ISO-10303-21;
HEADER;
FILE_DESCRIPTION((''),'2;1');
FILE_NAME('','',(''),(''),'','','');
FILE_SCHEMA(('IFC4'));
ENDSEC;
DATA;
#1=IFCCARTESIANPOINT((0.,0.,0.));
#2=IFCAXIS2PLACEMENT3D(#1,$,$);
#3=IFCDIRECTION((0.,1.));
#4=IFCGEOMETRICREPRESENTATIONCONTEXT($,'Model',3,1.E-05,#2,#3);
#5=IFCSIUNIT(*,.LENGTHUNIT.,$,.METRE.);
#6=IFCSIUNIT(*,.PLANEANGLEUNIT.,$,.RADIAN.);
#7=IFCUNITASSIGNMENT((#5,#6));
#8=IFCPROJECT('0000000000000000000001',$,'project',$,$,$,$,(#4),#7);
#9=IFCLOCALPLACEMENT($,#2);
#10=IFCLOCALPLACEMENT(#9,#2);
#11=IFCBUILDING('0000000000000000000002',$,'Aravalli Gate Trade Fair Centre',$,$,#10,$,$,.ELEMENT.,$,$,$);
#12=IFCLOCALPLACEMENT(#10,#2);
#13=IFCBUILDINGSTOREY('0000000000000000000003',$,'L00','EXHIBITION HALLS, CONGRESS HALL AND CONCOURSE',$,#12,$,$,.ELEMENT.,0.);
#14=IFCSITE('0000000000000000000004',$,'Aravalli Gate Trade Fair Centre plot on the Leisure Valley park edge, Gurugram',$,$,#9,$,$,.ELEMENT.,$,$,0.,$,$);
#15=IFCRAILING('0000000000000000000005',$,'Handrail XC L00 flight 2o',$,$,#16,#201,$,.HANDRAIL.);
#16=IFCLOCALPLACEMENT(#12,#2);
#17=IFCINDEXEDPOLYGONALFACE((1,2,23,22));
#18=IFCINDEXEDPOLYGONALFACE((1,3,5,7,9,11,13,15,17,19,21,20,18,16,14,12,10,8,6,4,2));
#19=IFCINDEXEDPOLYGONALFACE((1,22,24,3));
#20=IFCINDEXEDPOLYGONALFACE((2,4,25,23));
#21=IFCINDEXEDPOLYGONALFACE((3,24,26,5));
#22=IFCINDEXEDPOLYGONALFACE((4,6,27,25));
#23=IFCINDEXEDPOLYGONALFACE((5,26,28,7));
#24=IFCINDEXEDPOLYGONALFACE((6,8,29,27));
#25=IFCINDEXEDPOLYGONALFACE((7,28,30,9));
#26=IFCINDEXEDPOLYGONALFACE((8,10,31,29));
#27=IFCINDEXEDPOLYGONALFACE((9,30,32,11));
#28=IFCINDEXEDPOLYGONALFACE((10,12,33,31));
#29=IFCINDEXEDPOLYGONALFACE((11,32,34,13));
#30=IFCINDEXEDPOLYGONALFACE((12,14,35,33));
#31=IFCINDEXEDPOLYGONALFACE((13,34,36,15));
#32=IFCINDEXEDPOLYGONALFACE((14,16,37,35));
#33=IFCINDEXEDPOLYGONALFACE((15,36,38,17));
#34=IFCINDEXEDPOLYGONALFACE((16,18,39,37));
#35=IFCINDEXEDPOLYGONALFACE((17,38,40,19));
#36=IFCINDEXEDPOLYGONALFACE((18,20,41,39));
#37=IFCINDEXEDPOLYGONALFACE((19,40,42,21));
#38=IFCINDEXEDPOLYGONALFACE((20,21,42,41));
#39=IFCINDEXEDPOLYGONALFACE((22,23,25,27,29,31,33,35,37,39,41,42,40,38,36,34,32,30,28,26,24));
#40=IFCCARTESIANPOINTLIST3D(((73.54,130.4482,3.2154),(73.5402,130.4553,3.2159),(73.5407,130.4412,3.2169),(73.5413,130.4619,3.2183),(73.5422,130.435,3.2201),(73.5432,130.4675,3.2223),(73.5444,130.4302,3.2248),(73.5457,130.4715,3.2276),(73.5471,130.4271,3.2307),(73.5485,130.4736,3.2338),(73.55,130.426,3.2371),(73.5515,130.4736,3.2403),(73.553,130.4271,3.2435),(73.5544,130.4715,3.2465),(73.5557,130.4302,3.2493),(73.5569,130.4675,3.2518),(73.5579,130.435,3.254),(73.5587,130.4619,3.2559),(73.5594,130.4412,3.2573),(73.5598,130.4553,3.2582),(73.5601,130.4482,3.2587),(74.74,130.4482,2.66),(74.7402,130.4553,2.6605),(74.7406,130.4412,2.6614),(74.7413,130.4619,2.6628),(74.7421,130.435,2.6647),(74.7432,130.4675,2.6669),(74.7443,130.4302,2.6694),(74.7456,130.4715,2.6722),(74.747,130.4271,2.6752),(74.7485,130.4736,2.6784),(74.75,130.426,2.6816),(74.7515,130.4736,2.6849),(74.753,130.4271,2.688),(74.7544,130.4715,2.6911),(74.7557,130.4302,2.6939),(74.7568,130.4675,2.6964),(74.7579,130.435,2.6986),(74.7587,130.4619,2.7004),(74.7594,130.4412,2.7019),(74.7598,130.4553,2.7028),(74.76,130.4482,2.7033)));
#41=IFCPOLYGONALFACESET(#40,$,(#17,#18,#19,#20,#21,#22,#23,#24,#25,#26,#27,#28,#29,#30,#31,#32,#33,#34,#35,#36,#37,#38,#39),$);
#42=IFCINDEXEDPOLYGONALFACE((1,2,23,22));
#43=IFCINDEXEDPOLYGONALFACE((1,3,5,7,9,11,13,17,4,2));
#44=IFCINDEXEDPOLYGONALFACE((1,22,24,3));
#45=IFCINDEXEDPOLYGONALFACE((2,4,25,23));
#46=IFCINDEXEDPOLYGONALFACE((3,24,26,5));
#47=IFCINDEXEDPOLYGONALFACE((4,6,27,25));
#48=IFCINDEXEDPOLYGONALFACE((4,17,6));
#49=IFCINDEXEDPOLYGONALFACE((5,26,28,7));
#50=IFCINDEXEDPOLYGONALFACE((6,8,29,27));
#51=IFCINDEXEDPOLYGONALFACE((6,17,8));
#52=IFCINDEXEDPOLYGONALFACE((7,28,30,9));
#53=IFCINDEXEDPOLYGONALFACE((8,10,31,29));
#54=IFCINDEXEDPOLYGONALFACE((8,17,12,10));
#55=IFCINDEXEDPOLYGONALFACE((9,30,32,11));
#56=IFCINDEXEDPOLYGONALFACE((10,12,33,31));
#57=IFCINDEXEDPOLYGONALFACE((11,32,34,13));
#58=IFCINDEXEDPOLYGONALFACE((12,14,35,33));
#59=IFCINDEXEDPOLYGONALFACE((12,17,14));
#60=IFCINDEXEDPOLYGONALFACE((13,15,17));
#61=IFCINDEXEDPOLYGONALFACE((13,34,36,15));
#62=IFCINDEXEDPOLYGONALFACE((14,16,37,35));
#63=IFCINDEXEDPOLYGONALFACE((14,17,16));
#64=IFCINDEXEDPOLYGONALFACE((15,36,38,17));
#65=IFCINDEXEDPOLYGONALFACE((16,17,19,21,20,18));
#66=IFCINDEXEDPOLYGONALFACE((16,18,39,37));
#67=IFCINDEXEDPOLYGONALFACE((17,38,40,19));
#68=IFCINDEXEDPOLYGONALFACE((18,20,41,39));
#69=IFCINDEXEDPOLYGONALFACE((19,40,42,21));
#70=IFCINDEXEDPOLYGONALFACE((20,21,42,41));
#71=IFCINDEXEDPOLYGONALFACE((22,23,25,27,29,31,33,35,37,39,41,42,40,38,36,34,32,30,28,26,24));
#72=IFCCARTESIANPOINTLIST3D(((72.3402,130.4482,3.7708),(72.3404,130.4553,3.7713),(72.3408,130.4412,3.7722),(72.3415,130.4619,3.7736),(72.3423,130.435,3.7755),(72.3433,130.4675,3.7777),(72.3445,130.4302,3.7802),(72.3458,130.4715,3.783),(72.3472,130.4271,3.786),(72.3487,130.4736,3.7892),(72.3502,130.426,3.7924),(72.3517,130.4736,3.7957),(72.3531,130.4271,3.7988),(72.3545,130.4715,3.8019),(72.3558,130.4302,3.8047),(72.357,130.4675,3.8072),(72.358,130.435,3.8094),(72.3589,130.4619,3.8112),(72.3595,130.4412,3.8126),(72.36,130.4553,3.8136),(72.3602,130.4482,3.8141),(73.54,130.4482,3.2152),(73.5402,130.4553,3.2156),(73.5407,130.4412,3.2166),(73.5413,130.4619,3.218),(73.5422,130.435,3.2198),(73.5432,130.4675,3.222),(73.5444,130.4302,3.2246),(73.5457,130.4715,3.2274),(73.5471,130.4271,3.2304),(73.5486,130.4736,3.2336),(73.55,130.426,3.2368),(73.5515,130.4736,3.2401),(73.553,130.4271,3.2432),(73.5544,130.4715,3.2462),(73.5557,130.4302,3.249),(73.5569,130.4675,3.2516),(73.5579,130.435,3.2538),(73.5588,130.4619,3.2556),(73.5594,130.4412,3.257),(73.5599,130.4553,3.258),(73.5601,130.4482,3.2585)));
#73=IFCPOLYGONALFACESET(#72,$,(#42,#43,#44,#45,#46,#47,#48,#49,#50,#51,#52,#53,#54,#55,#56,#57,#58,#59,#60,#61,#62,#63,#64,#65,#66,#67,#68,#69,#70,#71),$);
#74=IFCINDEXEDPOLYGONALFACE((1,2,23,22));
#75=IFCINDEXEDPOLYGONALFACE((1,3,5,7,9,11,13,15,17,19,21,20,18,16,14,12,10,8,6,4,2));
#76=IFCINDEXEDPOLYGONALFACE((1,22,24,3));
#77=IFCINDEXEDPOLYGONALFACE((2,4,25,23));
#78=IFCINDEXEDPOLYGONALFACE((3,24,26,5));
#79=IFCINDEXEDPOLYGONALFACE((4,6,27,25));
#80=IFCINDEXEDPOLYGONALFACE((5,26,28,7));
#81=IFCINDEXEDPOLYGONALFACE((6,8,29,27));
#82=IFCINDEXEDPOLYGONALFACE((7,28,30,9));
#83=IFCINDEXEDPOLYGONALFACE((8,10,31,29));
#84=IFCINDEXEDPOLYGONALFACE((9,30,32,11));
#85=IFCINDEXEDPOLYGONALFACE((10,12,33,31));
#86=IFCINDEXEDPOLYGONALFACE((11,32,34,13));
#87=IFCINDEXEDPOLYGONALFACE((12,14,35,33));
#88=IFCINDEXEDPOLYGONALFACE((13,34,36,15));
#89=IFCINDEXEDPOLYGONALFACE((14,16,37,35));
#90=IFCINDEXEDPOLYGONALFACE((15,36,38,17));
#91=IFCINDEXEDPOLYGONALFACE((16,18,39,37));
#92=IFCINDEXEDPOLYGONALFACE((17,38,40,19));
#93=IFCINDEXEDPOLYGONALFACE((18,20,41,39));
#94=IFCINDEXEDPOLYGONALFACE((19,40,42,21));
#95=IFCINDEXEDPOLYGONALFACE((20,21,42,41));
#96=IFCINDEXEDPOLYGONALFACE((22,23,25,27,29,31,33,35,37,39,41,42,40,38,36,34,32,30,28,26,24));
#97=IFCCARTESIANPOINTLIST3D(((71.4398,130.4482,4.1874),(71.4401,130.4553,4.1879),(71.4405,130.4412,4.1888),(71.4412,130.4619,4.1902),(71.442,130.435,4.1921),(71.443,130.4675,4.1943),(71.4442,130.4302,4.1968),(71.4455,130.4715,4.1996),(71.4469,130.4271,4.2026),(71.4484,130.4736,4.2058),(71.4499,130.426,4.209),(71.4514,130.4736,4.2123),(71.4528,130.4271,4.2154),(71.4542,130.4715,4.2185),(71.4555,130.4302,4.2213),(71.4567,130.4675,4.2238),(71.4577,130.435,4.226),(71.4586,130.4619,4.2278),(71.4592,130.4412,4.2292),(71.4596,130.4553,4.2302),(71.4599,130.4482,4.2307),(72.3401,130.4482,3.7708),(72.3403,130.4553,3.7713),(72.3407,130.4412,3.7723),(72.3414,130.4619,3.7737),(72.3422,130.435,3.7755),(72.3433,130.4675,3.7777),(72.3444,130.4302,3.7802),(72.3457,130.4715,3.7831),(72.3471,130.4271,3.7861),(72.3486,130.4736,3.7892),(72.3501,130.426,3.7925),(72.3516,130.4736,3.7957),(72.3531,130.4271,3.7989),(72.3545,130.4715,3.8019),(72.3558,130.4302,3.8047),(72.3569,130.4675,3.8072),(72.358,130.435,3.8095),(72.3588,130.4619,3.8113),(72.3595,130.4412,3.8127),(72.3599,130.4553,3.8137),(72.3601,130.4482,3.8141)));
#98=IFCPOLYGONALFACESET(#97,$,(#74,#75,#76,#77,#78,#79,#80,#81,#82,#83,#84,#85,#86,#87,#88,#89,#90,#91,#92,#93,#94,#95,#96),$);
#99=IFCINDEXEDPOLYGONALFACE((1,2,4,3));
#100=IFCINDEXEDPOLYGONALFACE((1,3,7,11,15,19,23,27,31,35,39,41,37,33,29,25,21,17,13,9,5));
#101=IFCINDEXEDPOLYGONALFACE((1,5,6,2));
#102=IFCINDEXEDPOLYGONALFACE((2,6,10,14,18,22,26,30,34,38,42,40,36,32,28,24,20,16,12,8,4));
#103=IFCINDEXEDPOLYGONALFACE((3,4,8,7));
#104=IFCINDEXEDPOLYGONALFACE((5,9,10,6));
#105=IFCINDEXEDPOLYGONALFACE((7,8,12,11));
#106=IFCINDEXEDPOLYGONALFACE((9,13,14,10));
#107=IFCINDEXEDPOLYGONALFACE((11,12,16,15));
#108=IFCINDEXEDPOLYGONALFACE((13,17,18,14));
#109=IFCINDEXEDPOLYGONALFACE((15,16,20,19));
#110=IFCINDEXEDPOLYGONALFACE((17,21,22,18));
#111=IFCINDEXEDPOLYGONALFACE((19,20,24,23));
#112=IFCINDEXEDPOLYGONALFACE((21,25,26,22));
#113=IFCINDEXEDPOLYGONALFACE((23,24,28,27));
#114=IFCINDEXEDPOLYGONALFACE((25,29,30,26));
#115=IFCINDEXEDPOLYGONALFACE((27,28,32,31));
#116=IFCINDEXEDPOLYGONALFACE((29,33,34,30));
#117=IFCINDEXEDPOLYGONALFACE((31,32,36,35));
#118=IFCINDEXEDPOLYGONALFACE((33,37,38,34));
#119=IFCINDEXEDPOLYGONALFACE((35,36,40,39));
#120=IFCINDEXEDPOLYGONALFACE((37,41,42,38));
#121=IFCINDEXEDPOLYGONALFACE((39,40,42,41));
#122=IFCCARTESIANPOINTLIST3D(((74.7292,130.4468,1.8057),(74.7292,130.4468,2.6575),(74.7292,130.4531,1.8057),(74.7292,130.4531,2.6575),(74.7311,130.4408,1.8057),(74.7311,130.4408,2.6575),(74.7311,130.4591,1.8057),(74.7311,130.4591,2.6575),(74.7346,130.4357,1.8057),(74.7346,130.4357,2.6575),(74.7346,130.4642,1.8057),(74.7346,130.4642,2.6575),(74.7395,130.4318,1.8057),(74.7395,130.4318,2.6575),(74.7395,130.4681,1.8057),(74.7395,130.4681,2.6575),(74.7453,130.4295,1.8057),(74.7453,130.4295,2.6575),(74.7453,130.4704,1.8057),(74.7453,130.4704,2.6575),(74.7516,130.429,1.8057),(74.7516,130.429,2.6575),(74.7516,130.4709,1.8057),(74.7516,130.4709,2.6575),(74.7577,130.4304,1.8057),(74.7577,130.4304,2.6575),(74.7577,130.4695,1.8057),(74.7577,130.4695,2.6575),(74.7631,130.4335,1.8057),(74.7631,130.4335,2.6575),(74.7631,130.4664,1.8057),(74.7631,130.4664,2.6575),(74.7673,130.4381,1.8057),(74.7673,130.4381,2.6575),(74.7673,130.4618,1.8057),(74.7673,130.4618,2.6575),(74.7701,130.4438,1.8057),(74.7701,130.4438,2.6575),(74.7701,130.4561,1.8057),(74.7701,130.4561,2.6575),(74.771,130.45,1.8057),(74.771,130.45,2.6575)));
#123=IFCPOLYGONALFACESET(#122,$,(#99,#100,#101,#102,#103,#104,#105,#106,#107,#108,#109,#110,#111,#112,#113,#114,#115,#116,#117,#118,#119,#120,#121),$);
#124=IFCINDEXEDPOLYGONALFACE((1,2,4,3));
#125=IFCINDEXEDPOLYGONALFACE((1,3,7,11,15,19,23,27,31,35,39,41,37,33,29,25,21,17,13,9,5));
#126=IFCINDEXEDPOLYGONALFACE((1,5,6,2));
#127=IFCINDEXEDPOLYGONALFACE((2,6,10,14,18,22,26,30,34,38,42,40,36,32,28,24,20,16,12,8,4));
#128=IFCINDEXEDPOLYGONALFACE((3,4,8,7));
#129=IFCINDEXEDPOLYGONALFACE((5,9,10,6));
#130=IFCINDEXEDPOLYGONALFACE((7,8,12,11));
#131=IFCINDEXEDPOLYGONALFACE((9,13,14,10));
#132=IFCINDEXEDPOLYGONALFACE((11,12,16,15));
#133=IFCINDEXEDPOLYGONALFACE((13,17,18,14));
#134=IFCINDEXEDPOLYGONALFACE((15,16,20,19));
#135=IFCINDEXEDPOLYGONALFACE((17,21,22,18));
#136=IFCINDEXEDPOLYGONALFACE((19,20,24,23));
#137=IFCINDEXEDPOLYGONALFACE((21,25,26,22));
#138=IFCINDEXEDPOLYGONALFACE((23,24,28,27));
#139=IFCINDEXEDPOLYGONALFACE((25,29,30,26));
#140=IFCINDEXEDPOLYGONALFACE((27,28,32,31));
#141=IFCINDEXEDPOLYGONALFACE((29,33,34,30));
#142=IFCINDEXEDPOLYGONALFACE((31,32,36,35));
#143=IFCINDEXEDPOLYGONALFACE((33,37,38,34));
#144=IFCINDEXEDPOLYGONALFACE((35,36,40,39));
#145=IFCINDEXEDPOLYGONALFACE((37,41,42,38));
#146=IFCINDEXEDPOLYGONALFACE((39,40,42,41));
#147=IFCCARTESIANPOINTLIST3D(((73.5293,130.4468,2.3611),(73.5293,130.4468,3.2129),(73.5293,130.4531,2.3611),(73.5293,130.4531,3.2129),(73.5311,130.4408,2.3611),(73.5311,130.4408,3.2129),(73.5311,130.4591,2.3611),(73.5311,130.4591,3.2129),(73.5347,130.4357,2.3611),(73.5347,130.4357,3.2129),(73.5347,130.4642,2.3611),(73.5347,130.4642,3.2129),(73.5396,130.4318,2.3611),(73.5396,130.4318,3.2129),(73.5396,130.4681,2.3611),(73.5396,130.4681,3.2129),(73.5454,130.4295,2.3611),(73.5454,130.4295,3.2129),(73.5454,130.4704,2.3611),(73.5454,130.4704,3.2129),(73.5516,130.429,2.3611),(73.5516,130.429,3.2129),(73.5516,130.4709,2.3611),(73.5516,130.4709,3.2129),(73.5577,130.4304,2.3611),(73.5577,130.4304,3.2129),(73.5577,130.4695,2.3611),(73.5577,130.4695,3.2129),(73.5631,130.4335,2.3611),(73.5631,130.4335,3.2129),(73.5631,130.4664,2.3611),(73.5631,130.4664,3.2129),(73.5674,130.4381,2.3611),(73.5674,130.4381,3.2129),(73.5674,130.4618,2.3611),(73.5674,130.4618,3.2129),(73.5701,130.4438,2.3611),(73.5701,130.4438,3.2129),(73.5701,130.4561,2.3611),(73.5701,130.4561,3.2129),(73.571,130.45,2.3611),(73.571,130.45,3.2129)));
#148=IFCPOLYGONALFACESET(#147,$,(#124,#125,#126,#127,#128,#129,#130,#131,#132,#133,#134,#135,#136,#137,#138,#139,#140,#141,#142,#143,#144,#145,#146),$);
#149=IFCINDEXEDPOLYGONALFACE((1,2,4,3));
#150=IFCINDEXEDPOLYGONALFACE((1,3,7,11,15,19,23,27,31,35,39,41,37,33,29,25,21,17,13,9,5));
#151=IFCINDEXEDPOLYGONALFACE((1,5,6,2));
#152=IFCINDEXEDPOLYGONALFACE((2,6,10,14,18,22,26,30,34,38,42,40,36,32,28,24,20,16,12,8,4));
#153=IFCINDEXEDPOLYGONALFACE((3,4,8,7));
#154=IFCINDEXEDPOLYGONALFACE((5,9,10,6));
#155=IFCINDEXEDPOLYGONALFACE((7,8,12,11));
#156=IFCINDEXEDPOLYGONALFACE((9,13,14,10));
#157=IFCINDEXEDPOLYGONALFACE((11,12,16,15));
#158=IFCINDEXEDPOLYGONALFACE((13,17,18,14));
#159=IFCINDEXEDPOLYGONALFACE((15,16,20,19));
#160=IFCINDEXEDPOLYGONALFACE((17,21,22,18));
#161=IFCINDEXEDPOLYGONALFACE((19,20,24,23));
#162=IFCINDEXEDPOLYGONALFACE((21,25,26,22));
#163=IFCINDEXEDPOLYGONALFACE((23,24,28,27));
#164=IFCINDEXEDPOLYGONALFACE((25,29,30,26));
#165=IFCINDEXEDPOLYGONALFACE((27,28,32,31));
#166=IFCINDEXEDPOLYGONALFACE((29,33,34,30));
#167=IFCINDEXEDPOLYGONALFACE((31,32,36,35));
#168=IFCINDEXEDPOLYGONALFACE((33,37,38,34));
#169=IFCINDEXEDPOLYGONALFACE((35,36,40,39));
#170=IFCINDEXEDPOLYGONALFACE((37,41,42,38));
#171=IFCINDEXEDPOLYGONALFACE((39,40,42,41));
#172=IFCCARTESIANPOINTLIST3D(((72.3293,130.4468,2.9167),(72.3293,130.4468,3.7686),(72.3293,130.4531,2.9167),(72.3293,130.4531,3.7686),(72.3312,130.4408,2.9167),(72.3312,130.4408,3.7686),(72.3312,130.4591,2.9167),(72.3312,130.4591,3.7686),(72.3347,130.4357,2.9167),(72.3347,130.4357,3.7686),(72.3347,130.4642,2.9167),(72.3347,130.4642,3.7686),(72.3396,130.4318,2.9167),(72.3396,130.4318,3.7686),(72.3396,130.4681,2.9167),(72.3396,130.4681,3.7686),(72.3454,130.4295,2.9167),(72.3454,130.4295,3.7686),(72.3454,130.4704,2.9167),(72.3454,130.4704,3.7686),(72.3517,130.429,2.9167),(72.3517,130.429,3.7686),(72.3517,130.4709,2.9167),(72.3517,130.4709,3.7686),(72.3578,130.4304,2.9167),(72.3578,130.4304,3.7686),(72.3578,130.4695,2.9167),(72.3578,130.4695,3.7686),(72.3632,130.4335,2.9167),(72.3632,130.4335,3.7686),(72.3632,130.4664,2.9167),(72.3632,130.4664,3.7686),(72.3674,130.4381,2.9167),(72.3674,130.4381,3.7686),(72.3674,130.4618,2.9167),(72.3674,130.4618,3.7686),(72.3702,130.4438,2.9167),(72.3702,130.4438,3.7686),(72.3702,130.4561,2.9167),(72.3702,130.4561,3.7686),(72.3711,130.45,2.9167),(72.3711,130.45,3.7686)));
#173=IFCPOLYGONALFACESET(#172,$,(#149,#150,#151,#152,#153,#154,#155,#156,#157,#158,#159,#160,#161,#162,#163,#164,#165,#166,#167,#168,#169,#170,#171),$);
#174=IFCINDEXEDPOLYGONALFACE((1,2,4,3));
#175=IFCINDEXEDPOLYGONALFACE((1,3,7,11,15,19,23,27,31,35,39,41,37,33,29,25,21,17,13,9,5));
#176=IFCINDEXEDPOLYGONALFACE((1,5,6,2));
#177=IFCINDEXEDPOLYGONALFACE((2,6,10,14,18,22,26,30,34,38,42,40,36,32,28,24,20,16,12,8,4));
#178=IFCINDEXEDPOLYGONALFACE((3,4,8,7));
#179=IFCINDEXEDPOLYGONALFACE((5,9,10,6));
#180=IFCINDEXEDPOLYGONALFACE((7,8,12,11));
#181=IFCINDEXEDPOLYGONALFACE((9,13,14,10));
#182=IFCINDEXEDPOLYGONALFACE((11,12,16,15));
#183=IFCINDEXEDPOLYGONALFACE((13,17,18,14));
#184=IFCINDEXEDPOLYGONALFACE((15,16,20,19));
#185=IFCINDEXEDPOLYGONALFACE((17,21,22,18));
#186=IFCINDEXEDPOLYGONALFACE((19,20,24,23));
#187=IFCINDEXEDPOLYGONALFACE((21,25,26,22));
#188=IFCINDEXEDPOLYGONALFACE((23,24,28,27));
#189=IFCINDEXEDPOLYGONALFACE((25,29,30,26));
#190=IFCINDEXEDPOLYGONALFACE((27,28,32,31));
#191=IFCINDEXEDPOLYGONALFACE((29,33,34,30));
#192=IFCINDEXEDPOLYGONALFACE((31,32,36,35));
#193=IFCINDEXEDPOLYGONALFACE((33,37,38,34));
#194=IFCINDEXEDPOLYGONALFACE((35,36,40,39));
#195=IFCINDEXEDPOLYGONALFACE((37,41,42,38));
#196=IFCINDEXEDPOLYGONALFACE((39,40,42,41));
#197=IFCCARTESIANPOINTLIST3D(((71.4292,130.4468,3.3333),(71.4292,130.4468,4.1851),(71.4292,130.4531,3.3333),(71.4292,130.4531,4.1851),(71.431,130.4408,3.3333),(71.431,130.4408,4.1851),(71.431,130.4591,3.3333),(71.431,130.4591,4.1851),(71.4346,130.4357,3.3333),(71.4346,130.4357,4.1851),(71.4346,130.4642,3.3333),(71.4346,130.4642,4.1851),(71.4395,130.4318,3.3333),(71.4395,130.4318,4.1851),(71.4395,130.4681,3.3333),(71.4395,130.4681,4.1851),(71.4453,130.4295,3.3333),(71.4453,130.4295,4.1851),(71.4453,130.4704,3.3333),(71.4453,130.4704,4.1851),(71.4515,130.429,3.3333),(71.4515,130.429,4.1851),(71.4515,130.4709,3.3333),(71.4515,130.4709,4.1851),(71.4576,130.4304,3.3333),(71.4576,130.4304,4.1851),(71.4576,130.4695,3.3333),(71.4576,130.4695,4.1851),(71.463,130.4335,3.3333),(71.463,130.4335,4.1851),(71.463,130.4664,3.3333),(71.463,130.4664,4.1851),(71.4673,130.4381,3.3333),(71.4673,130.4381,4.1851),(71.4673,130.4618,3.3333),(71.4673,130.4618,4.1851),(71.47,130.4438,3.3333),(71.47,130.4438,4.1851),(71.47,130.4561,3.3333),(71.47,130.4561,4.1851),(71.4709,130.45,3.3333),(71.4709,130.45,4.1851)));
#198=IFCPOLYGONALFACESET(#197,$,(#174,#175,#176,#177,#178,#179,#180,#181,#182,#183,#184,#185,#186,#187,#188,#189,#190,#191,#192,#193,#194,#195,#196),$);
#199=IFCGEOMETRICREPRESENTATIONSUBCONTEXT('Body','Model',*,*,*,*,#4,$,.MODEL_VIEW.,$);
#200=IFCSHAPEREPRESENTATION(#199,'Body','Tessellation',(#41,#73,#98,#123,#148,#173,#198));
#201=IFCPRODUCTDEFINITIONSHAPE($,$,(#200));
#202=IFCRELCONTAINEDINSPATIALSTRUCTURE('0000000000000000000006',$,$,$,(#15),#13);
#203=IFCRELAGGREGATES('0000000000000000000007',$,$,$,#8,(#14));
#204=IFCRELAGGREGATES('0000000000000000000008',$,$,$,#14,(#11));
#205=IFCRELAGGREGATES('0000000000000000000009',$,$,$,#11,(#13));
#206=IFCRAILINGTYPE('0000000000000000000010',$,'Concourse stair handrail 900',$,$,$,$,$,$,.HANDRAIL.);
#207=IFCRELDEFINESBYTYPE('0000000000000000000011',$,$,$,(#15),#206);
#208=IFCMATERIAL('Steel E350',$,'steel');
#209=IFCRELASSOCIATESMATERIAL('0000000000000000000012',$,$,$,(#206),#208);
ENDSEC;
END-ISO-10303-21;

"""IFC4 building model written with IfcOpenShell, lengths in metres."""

from ifc_helpers import new_model, si_unit, direction, frame, origin, origin_2d, place, context, subcontext, project, spatial, circle, extrude, material, type_object, element, save


model = new_model("IFC4")

# Units and contexts
model_context = context("Model", 3, precision=1e-05, world=origin(), true_north=direction((0.0, 1.0)))
body_context = subcontext(model_context, "Body", "Model", "MODEL_VIEW")
ifc_project = project(units=[si_unit("LENGTHUNIT", "METRE"), si_unit("PLANEANGLEUNIT", "RADIAN")], contexts=[model_context])

# Site, building, storey
site_placement = place(None, origin())
site = spatial("IfcSite", under=ifc_project, at=site_placement, Name="Aravalli Gate Trade Fair Centre plot on the Leisure Valley park edge, Gurugram", CompositionType="ELEMENT", RefElevation=0.0)
building_placement = place(site_placement, origin())
building = spatial("IfcBuilding", under=site, at=building_placement, Name="Aravalli Gate Trade Fair Centre", CompositionType="ELEMENT")
storey_placement = place(building_placement, origin())
storey = spatial("IfcBuildingStorey", under=building, at=storey_placement, Name="L00", Description="EXHIBITION HALLS, CONGRESS HALL AND CONCOURSE", CompositionType="ELEMENT", Elevation=0.0)

# Shared definitions
ifc_material_1 = material(Name="Steel E350", Category="steel")

# Railing
railing_type = type_object("IfcRailingType", Name="Concourse stair handrail 900", PredefinedType="HANDRAIL", material=ifc_material_1)
for number, where, name in (
    (1, (74.75, 130.45, 1.8057), "Handrail XC L00 flight 2o"),
):
    element("IfcRailing", number, at=place(storey_placement, frame(where)), inside=storey, type_object=railing_type, Name=name, PredefinedType="HANDRAIL", context=body_context, shape_type="SweptSolid", body=[
        extrude(circle(Radius=0.0239, at=origin_2d()), frame((0.0, 0.0, 0.876), z_axis=(-0.907499, 0.0, 0.420053), x_axis=(0.0, -1.0, 0.0)), (0.0, 0.0, 1.0), 1.3223),
        extrude(circle(Radius=0.0239, at=origin_2d()), frame((-1.2, 0.0, 1.4312), z_axis=(-0.907429, 0.0, 0.420205), x_axis=(0.0, -1.0, 0.0)), (0.0, 0.0, 1.0), 1.3223),
        extrude(circle(Radius=0.0239, at=origin_2d()), frame((-2.3999, 0.0, 1.9868), z_axis=(-0.907556, 0.0, 0.419932), x_axis=(0.0, -1.0, 0.0)), (0.0, 0.0, 1.0), 0.9919),
        extrude(circle(Radius=0.021, at=origin_2d()), origin(), (0.0, 0.0, 1.0), 0.8518),
        extrude(circle(Radius=0.021, at=origin_2d()), frame((-1.2, 0.0, 0.5554)), (0.0, 0.0, 1.0), 0.8518),
        extrude(circle(Radius=0.021, at=origin_2d()), frame((-2.3999, 0.0, 1.1111)), (0.0, 0.0, 1.0), 0.8518),
        extrude(circle(Radius=0.021, at=origin_2d()), frame((-3.3, 0.0, 1.5276)), (0.0, 0.0, 1.0), 0.8518),
    ])

save(model, "model.ifc")
